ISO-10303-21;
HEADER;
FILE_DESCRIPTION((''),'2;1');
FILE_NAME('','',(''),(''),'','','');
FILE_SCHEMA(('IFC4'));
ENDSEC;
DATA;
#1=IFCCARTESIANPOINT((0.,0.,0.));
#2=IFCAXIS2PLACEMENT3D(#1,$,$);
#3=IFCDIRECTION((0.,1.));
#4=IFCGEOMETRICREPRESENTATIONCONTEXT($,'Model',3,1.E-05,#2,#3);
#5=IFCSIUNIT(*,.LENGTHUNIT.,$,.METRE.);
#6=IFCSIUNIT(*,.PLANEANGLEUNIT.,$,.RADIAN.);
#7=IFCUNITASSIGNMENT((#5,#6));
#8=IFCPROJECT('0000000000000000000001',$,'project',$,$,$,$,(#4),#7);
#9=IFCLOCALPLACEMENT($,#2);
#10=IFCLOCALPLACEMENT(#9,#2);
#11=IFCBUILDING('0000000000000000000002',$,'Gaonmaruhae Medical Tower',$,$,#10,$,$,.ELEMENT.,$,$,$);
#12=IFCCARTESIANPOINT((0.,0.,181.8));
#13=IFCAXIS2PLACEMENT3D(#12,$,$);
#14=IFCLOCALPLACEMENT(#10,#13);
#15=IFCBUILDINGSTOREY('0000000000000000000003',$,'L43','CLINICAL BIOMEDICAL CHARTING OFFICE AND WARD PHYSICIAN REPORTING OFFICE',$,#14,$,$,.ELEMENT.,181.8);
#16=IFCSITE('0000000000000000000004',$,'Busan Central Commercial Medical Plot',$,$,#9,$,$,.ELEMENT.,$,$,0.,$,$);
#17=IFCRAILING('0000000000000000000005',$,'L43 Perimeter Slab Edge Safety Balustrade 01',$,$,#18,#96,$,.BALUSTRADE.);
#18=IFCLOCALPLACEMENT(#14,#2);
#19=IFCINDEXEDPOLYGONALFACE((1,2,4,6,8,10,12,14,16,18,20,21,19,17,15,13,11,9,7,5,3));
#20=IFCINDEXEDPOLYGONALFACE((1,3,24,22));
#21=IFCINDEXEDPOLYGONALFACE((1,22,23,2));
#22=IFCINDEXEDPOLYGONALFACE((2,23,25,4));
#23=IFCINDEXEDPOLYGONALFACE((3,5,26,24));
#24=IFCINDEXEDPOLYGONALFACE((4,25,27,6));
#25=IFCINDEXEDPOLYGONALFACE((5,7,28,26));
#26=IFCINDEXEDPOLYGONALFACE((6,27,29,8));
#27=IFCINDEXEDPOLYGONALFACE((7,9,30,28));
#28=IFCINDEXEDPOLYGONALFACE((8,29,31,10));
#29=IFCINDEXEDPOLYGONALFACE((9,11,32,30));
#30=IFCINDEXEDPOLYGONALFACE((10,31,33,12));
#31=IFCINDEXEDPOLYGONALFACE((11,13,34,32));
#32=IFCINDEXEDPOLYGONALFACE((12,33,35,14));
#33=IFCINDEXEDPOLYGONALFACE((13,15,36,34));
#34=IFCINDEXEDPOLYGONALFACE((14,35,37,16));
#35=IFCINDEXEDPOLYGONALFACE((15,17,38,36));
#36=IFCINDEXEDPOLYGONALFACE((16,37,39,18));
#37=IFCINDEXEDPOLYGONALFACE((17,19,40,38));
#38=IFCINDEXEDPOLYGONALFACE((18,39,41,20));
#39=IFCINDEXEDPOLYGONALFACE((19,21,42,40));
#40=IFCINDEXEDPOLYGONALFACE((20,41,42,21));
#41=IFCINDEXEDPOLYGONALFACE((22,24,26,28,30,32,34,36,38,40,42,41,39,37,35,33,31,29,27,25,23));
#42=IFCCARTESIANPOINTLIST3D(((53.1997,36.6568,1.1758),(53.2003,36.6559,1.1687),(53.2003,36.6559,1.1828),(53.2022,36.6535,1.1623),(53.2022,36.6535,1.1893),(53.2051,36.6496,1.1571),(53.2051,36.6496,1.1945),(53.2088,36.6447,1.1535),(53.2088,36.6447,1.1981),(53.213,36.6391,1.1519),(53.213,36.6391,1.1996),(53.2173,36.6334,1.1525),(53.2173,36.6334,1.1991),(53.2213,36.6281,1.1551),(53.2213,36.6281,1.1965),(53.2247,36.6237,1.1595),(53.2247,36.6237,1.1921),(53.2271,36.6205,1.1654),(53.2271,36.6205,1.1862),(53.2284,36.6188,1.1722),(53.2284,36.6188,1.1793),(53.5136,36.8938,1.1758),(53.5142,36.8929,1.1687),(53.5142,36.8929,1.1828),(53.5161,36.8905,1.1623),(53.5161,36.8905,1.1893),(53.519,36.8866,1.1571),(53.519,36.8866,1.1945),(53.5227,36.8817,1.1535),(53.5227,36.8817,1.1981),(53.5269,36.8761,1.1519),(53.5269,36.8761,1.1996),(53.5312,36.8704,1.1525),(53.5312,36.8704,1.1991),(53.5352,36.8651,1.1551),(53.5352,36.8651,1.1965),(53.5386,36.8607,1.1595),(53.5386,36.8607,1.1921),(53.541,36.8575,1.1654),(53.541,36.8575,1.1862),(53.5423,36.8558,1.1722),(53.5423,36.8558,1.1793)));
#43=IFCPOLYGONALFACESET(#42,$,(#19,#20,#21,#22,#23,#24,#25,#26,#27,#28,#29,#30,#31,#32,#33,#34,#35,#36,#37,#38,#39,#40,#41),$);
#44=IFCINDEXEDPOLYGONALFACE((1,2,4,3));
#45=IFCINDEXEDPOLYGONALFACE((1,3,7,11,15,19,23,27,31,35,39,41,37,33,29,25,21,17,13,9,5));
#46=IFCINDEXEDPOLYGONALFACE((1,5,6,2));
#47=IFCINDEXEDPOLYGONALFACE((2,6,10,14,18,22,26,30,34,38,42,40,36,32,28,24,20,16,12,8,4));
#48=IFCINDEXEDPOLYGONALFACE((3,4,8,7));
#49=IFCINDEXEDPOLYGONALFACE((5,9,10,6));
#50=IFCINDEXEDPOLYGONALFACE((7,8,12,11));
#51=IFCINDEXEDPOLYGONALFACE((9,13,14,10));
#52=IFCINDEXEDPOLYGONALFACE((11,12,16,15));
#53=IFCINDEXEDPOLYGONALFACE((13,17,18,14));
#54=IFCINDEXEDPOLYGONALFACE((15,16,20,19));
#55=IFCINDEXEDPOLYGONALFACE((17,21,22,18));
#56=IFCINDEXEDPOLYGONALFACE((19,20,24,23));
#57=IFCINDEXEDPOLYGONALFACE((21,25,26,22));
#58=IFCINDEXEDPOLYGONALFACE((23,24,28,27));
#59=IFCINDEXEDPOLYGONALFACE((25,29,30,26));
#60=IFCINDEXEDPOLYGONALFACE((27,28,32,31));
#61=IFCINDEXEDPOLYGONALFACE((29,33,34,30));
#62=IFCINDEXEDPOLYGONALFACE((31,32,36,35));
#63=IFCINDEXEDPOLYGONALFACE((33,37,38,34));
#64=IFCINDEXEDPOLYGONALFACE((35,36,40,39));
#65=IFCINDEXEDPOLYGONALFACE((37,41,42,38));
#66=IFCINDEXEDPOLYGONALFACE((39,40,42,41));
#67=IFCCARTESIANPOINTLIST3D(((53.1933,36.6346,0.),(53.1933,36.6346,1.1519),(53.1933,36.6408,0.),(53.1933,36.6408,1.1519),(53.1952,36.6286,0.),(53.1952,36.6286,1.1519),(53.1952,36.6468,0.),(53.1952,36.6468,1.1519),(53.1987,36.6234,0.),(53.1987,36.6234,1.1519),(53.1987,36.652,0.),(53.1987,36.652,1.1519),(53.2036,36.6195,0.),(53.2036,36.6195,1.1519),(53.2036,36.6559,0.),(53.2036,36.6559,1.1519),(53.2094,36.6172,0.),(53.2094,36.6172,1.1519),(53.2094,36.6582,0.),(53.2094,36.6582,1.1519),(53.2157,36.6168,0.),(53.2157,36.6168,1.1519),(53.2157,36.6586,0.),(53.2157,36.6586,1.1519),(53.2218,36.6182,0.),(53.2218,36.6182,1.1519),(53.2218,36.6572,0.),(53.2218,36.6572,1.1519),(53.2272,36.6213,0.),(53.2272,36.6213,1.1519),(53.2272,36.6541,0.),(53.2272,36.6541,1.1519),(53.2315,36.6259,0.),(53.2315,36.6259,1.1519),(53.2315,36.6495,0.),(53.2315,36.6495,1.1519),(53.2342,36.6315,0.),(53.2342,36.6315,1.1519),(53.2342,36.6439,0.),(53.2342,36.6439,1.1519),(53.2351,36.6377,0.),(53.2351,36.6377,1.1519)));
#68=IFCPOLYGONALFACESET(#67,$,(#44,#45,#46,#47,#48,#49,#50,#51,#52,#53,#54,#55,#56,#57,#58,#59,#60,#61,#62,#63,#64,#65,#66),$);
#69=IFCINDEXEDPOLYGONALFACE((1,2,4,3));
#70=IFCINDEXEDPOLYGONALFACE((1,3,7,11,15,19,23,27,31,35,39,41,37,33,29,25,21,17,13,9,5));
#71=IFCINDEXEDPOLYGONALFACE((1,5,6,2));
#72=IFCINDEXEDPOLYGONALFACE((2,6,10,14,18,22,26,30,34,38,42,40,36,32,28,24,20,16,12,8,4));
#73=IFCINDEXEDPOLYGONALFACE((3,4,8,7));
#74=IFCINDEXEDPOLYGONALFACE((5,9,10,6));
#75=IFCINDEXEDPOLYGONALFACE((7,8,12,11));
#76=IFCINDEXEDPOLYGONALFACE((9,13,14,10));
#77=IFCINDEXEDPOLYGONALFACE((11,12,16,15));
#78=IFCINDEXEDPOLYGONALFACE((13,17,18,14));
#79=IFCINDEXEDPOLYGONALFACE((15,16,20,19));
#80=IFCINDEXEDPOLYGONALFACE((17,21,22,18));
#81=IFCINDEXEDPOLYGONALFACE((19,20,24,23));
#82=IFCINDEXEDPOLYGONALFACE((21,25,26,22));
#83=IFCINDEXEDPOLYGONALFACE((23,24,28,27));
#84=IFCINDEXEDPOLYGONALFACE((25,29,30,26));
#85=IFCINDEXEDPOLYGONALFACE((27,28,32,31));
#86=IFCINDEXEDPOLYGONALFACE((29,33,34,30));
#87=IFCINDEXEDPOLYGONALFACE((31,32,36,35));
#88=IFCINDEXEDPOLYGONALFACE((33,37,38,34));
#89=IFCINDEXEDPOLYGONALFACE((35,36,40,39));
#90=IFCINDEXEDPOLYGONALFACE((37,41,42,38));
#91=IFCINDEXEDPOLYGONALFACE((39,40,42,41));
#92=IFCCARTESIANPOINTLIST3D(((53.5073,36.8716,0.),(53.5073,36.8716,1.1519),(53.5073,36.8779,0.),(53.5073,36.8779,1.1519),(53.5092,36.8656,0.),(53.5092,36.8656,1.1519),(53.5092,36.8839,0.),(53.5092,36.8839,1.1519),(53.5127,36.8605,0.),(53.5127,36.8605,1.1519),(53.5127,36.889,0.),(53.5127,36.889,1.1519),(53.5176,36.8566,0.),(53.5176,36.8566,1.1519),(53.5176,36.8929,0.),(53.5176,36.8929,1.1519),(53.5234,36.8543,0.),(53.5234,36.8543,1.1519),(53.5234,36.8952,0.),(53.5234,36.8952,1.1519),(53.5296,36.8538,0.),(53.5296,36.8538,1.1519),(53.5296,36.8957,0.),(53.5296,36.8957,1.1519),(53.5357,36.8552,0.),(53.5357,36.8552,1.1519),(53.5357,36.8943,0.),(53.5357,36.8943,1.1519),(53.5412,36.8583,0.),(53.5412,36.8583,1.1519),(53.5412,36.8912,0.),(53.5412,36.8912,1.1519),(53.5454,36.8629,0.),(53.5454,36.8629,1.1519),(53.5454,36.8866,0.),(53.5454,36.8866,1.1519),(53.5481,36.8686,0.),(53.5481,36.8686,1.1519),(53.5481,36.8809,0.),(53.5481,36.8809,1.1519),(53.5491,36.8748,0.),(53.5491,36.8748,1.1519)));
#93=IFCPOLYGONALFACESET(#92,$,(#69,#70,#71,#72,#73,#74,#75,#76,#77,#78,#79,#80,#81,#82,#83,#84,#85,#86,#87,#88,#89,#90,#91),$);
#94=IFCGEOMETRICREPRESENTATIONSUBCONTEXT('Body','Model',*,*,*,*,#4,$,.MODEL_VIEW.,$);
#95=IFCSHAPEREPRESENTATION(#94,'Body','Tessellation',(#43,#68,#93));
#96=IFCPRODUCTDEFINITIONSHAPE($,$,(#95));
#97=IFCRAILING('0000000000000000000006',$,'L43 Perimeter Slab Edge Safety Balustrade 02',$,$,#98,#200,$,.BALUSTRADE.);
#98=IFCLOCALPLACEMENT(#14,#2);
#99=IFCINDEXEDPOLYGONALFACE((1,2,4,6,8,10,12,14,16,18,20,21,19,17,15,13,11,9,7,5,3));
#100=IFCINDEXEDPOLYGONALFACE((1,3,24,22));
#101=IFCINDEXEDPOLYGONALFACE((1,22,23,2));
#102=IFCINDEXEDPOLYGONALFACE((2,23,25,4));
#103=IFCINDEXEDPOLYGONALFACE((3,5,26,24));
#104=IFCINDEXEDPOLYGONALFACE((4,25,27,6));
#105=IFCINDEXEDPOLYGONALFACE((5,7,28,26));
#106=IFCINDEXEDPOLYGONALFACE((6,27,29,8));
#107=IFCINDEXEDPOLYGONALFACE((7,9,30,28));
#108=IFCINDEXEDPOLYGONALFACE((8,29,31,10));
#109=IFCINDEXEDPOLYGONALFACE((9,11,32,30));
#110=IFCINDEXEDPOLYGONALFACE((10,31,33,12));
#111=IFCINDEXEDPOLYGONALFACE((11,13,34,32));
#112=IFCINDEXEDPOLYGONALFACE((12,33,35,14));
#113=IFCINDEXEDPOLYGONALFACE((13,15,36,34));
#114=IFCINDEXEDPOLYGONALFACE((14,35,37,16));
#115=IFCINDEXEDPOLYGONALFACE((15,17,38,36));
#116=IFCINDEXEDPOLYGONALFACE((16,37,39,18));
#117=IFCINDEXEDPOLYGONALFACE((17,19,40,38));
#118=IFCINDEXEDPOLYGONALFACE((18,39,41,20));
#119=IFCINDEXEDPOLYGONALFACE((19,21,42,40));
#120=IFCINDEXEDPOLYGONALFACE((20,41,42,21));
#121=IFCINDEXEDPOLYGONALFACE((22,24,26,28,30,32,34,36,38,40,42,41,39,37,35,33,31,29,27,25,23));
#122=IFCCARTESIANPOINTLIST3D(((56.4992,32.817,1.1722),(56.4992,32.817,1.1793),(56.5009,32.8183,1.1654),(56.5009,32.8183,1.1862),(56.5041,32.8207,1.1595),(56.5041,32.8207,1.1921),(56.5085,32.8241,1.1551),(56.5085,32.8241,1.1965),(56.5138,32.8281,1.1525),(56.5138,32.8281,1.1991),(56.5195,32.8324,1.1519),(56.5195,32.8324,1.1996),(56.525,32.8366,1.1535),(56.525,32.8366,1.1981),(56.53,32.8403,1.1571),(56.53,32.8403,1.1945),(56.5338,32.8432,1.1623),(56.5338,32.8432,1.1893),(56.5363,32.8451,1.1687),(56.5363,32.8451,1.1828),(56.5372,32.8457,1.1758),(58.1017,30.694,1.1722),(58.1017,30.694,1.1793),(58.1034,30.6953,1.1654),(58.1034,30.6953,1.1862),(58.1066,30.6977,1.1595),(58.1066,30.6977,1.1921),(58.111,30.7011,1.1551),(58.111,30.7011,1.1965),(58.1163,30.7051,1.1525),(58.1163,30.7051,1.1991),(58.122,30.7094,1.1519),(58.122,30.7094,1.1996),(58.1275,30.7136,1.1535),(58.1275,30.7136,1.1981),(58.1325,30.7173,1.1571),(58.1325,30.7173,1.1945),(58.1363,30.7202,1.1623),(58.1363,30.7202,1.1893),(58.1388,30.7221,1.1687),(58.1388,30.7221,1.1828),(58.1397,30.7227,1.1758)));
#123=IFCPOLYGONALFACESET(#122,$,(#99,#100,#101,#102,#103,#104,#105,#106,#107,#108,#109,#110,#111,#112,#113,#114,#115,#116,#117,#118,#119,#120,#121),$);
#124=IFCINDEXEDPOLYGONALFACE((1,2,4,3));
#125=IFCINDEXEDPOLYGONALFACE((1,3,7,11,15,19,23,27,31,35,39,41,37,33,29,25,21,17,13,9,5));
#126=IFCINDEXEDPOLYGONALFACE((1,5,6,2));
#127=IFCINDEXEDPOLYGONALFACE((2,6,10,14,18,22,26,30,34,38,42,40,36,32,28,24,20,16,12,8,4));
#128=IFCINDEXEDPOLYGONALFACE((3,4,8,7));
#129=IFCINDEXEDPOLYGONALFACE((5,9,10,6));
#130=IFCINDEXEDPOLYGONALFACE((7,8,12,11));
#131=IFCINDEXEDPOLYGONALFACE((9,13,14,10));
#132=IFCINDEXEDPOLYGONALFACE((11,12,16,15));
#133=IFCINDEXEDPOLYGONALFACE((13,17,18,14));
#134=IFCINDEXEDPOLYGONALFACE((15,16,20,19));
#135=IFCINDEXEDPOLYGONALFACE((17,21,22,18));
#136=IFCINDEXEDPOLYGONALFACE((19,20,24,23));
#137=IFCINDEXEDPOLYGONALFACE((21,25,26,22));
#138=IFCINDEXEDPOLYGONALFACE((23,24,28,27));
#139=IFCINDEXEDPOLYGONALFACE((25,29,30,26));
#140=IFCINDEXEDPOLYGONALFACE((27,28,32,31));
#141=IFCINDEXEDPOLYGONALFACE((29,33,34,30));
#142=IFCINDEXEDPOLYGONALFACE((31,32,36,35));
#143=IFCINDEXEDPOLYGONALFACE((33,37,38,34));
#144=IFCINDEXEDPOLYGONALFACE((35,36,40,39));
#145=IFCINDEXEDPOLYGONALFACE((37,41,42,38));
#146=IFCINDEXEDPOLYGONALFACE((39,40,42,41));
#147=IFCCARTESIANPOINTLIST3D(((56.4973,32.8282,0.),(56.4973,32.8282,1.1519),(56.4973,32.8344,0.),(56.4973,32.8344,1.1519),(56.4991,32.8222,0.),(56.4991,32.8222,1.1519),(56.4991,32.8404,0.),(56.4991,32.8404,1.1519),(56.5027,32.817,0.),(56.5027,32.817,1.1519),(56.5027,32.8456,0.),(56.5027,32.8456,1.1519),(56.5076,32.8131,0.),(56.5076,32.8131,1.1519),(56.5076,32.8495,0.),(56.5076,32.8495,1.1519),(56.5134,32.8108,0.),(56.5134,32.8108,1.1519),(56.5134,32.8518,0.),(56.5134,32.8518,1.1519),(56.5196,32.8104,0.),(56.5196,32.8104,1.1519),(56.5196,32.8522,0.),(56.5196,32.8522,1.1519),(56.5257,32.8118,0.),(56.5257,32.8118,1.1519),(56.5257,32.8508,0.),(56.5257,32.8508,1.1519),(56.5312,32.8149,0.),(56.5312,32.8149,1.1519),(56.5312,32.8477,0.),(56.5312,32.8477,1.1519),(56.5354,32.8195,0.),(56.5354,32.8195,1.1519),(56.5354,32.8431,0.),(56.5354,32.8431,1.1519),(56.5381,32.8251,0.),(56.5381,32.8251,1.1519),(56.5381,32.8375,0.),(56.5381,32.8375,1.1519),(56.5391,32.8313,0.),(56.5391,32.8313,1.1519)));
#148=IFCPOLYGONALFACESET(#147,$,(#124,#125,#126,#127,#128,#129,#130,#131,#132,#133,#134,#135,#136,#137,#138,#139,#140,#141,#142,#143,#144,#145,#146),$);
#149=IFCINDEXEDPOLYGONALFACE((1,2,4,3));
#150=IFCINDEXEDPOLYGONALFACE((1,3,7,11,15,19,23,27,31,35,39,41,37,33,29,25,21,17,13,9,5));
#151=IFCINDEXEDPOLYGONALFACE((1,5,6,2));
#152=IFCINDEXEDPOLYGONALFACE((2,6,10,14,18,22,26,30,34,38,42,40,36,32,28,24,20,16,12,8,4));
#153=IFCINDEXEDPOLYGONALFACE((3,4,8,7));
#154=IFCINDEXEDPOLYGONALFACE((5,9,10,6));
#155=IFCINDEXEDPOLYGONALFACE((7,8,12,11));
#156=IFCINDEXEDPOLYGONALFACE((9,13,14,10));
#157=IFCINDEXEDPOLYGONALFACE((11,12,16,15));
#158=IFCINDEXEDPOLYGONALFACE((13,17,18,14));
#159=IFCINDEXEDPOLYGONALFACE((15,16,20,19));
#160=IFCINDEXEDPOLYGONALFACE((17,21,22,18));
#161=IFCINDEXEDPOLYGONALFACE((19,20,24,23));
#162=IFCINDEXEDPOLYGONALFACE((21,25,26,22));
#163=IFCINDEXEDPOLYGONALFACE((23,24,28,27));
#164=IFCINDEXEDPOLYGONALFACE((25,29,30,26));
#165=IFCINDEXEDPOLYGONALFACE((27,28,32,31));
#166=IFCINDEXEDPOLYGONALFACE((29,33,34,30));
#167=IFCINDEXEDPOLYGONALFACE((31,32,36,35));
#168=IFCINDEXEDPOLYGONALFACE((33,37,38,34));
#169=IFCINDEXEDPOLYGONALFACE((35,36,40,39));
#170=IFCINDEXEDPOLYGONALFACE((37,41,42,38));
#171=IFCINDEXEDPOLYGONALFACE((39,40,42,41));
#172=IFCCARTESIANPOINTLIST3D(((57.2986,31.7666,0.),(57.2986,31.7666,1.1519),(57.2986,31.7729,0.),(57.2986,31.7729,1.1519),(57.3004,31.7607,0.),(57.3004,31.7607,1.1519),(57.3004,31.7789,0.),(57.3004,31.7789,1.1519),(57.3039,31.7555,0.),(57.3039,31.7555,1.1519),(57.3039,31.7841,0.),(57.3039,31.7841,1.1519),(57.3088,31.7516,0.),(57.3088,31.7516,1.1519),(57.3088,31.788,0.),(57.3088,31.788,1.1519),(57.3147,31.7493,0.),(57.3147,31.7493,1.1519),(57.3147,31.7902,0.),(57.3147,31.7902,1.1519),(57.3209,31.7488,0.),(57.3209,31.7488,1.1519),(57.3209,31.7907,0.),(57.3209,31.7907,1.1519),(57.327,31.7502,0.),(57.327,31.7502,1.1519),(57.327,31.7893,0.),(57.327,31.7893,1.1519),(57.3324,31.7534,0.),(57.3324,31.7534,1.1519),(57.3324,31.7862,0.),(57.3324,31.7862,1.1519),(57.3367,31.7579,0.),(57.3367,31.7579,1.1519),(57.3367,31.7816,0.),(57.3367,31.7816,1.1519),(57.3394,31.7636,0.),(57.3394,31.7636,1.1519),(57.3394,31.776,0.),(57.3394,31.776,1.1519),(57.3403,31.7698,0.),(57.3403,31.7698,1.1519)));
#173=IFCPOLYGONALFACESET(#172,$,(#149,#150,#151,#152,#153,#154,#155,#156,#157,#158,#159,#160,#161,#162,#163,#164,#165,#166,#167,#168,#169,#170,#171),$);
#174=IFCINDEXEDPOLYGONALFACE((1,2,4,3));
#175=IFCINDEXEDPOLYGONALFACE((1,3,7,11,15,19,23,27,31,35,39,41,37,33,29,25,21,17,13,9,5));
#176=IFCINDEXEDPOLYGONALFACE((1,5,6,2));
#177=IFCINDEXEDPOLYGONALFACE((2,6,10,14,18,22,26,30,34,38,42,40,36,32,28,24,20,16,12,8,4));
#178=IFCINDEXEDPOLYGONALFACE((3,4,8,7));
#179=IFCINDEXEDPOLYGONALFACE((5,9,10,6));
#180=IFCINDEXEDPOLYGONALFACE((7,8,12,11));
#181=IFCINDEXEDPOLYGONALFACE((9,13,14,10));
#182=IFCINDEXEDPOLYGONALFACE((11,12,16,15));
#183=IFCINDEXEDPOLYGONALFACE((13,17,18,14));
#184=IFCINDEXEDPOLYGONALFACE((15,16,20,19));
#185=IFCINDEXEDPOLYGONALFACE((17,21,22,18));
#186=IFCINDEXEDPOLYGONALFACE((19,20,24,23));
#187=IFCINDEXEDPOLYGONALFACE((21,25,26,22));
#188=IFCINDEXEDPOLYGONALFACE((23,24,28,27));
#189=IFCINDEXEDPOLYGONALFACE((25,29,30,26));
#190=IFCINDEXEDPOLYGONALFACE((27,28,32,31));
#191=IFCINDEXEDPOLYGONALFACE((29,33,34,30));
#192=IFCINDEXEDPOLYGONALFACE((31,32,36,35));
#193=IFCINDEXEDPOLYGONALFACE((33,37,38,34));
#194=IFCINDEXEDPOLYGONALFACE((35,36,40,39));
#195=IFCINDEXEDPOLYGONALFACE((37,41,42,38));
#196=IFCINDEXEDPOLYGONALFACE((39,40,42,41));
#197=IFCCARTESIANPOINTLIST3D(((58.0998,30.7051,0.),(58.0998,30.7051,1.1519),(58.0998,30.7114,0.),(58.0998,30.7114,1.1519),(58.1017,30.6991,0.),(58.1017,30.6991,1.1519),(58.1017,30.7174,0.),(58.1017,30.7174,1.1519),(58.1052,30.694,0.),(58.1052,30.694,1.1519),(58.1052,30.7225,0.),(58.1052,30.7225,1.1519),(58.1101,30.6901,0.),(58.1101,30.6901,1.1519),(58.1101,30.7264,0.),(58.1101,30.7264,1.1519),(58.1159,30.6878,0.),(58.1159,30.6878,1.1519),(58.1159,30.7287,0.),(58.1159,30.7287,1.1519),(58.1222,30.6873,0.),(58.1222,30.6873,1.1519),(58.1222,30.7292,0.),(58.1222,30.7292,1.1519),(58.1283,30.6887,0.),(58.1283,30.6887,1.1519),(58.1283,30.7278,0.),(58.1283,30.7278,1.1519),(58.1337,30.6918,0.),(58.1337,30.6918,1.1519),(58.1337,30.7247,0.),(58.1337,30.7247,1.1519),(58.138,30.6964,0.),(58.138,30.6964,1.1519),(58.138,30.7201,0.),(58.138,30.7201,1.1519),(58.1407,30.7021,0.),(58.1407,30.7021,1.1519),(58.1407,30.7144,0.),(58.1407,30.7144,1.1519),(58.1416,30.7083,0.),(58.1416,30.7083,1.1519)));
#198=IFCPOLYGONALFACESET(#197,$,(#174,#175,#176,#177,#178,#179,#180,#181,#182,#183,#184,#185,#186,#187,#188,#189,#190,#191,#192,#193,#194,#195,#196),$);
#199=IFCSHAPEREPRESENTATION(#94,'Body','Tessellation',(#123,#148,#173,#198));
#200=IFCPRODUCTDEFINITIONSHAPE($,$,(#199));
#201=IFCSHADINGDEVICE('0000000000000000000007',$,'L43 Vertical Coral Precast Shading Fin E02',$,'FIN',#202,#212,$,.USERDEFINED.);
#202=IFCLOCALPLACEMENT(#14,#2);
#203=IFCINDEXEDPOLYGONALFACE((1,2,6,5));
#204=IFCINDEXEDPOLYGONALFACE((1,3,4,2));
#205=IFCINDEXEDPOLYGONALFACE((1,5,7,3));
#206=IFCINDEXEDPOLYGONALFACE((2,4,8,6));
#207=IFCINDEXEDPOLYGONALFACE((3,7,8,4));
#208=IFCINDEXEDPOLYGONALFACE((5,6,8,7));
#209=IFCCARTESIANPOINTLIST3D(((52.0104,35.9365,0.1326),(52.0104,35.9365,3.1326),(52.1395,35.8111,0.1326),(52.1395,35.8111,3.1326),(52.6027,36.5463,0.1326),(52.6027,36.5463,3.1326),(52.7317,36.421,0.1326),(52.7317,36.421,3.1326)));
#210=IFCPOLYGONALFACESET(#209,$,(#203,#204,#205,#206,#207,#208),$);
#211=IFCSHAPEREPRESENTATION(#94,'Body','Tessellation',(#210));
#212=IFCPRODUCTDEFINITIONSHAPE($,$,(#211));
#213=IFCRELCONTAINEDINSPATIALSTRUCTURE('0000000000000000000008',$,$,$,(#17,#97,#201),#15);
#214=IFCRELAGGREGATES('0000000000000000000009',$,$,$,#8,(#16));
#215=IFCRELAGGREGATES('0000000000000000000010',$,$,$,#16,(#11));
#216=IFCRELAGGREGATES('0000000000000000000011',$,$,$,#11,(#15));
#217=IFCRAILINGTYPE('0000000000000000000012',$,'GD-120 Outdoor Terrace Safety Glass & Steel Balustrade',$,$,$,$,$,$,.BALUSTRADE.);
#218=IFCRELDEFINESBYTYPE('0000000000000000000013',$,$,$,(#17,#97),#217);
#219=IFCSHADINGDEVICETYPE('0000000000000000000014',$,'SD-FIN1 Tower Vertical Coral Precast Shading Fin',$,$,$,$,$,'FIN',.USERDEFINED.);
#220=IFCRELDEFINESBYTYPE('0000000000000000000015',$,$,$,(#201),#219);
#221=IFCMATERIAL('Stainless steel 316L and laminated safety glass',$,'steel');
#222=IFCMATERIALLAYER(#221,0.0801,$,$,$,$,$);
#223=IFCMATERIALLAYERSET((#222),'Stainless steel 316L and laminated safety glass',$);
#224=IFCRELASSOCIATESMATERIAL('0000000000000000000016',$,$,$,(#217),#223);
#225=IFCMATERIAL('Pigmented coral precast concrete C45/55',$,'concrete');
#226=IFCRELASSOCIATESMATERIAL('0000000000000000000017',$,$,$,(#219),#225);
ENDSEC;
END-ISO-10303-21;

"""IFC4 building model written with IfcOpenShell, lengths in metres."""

from ifc_helpers import new_model, si_unit, direction, frame, origin, origin_2d, place, context, subcontext, project, spatial, rectangle, circle, extrude, material, layer, layer_set, type_object, element, save


model = new_model("IFC4")

# Units and contexts
model_context = context("Model", 3, precision=1e-05, world=origin(), true_north=direction((0.0, 1.0)))
body_context = subcontext(model_context, "Body", "Model", "MODEL_VIEW")
ifc_project = project(units=[si_unit("LENGTHUNIT", "METRE"), si_unit("PLANEANGLEUNIT", "RADIAN")], contexts=[model_context])

# Site, building, storey
site_placement = place(None, origin())
site = spatial("IfcSite", under=ifc_project, at=site_placement, Name="Busan Central Commercial Medical Plot", CompositionType="ELEMENT", RefElevation=0.0)
building_placement = place(site_placement, origin())
building = spatial("IfcBuilding", under=site, at=building_placement, Name="Gaonmaruhae Medical Tower", CompositionType="ELEMENT")
storey_placement = place(building_placement, frame((0.0, 0.0, 181.8)))
storey = spatial("IfcBuildingStorey", under=building, at=storey_placement, Name="L43", Description="CLINICAL BIOMEDICAL CHARTING OFFICE AND WARD PHYSICIAN REPORTING OFFICE", CompositionType="ELEMENT", Elevation=181.8)

# Railings
ifc_material_1 = material(Name="Stainless steel 316L and laminated safety glass", Category="steel")
ifc_layer_1 = layer(ifc_material_1, 0.0801)
ifc_layer_set_1 = layer_set([ifc_layer_1], Name="Stainless steel 316L and laminated safety glass")
railing_type = type_object("IfcRailingType", Name="GD-120 Outdoor Terrace Safety Glass & Steel Balustrade", PredefinedType="BALUSTRADE", material=ifc_layer_set_1)
railing_1_placement = place(storey_placement, frame((53.2141, 36.6377, 0.0)))
element("IfcRailing", 1, at=railing_1_placement, inside=storey, type_object=railing_type, Name="L43 Perimeter Slab Edge Safety Balustrade 01", PredefinedType="BALUSTRADE", context=body_context, shape_type="SweptSolid", body=[
    extrude(circle(Radius=0.0239, at=origin_2d()), frame((0.0, 0.0, 1.1758), z_axis=(0.79806, 0.602578, 0.0), x_axis=(-0.602578, 0.79806, 0.0)), (0.0, 0.0, 1.0), 0.3933),
    extrude(circle(Radius=0.021, at=origin_2d()), origin(), (0.0, 0.0, 1.0), 1.1519),
    extrude(circle(Radius=0.021, at=origin_2d()), frame((0.314, 0.2371, 0.0)), (0.0, 0.0, 1.0), 1.1519),
])
railing_2_placement = place(storey_placement, frame((56.5181, 32.8313, 0.0)))
element("IfcRailing", 2, at=railing_2_placement, inside=storey, type_object=railing_type, Name="L43 Perimeter Slab Edge Safety Balustrade 02", PredefinedType="BALUSTRADE", context=body_context, shape_type="SweptSolid", body=[
    extrude(circle(Radius=0.0239, at=origin_2d()), frame((0.0, 0.0, 1.1758), z_axis=(0.602464, -0.798146, 0.0), x_axis=(0.798146, 0.602464, 0.0)), (0.0, 0.0, 1.0), 2.6599),
    extrude(circle(Radius=0.021, at=origin_2d()), origin(), (0.0, 0.0, 1.0), 1.1519),
    extrude(circle(Radius=0.021, at=origin_2d()), frame((0.8013, -1.0615, 0.0)), (0.0, 0.0, 1.0), 1.1519),
    extrude(circle(Radius=0.021, at=origin_2d()), frame((1.6025, -2.123, 0.0)), (0.0, 0.0, 1.0), 1.1519),
])

# Shading device
ifc_material_2 = material(Name="Pigmented coral precast concrete C45/55", Category="concrete")
shading_device_type = type_object("IfcShadingDeviceType", Name="SD-FIN1 Tower Vertical Coral Precast Shading Fin", ElementType="FIN", PredefinedType="USERDEFINED", material=ifc_material_2)
for number, where, z_axis, x_axis, name in (
    (3, (52.3711, 36.1787, 0.1326), (0.0, 0.0, 1.0), (0.717409, -0.696652, 0.0), "L43 Vertical Coral Precast Shading Fin E02"),
):
    element("IfcShadingDevice", number, at=place(storey_placement, frame(where, z_axis=z_axis, x_axis=x_axis)), inside=storey, type_object=shading_device_type, Name=name, ObjectType="FIN", PredefinedType="USERDEFINED", context=body_context, shape_type="SweptSolid", body=[
        extrude(rectangle(XDim=0.1799, YDim=0.8501, at=origin_2d()), origin(), (0.0, 0.0, 1.0), 3.0),
    ])

save(model, "model.ifc")
